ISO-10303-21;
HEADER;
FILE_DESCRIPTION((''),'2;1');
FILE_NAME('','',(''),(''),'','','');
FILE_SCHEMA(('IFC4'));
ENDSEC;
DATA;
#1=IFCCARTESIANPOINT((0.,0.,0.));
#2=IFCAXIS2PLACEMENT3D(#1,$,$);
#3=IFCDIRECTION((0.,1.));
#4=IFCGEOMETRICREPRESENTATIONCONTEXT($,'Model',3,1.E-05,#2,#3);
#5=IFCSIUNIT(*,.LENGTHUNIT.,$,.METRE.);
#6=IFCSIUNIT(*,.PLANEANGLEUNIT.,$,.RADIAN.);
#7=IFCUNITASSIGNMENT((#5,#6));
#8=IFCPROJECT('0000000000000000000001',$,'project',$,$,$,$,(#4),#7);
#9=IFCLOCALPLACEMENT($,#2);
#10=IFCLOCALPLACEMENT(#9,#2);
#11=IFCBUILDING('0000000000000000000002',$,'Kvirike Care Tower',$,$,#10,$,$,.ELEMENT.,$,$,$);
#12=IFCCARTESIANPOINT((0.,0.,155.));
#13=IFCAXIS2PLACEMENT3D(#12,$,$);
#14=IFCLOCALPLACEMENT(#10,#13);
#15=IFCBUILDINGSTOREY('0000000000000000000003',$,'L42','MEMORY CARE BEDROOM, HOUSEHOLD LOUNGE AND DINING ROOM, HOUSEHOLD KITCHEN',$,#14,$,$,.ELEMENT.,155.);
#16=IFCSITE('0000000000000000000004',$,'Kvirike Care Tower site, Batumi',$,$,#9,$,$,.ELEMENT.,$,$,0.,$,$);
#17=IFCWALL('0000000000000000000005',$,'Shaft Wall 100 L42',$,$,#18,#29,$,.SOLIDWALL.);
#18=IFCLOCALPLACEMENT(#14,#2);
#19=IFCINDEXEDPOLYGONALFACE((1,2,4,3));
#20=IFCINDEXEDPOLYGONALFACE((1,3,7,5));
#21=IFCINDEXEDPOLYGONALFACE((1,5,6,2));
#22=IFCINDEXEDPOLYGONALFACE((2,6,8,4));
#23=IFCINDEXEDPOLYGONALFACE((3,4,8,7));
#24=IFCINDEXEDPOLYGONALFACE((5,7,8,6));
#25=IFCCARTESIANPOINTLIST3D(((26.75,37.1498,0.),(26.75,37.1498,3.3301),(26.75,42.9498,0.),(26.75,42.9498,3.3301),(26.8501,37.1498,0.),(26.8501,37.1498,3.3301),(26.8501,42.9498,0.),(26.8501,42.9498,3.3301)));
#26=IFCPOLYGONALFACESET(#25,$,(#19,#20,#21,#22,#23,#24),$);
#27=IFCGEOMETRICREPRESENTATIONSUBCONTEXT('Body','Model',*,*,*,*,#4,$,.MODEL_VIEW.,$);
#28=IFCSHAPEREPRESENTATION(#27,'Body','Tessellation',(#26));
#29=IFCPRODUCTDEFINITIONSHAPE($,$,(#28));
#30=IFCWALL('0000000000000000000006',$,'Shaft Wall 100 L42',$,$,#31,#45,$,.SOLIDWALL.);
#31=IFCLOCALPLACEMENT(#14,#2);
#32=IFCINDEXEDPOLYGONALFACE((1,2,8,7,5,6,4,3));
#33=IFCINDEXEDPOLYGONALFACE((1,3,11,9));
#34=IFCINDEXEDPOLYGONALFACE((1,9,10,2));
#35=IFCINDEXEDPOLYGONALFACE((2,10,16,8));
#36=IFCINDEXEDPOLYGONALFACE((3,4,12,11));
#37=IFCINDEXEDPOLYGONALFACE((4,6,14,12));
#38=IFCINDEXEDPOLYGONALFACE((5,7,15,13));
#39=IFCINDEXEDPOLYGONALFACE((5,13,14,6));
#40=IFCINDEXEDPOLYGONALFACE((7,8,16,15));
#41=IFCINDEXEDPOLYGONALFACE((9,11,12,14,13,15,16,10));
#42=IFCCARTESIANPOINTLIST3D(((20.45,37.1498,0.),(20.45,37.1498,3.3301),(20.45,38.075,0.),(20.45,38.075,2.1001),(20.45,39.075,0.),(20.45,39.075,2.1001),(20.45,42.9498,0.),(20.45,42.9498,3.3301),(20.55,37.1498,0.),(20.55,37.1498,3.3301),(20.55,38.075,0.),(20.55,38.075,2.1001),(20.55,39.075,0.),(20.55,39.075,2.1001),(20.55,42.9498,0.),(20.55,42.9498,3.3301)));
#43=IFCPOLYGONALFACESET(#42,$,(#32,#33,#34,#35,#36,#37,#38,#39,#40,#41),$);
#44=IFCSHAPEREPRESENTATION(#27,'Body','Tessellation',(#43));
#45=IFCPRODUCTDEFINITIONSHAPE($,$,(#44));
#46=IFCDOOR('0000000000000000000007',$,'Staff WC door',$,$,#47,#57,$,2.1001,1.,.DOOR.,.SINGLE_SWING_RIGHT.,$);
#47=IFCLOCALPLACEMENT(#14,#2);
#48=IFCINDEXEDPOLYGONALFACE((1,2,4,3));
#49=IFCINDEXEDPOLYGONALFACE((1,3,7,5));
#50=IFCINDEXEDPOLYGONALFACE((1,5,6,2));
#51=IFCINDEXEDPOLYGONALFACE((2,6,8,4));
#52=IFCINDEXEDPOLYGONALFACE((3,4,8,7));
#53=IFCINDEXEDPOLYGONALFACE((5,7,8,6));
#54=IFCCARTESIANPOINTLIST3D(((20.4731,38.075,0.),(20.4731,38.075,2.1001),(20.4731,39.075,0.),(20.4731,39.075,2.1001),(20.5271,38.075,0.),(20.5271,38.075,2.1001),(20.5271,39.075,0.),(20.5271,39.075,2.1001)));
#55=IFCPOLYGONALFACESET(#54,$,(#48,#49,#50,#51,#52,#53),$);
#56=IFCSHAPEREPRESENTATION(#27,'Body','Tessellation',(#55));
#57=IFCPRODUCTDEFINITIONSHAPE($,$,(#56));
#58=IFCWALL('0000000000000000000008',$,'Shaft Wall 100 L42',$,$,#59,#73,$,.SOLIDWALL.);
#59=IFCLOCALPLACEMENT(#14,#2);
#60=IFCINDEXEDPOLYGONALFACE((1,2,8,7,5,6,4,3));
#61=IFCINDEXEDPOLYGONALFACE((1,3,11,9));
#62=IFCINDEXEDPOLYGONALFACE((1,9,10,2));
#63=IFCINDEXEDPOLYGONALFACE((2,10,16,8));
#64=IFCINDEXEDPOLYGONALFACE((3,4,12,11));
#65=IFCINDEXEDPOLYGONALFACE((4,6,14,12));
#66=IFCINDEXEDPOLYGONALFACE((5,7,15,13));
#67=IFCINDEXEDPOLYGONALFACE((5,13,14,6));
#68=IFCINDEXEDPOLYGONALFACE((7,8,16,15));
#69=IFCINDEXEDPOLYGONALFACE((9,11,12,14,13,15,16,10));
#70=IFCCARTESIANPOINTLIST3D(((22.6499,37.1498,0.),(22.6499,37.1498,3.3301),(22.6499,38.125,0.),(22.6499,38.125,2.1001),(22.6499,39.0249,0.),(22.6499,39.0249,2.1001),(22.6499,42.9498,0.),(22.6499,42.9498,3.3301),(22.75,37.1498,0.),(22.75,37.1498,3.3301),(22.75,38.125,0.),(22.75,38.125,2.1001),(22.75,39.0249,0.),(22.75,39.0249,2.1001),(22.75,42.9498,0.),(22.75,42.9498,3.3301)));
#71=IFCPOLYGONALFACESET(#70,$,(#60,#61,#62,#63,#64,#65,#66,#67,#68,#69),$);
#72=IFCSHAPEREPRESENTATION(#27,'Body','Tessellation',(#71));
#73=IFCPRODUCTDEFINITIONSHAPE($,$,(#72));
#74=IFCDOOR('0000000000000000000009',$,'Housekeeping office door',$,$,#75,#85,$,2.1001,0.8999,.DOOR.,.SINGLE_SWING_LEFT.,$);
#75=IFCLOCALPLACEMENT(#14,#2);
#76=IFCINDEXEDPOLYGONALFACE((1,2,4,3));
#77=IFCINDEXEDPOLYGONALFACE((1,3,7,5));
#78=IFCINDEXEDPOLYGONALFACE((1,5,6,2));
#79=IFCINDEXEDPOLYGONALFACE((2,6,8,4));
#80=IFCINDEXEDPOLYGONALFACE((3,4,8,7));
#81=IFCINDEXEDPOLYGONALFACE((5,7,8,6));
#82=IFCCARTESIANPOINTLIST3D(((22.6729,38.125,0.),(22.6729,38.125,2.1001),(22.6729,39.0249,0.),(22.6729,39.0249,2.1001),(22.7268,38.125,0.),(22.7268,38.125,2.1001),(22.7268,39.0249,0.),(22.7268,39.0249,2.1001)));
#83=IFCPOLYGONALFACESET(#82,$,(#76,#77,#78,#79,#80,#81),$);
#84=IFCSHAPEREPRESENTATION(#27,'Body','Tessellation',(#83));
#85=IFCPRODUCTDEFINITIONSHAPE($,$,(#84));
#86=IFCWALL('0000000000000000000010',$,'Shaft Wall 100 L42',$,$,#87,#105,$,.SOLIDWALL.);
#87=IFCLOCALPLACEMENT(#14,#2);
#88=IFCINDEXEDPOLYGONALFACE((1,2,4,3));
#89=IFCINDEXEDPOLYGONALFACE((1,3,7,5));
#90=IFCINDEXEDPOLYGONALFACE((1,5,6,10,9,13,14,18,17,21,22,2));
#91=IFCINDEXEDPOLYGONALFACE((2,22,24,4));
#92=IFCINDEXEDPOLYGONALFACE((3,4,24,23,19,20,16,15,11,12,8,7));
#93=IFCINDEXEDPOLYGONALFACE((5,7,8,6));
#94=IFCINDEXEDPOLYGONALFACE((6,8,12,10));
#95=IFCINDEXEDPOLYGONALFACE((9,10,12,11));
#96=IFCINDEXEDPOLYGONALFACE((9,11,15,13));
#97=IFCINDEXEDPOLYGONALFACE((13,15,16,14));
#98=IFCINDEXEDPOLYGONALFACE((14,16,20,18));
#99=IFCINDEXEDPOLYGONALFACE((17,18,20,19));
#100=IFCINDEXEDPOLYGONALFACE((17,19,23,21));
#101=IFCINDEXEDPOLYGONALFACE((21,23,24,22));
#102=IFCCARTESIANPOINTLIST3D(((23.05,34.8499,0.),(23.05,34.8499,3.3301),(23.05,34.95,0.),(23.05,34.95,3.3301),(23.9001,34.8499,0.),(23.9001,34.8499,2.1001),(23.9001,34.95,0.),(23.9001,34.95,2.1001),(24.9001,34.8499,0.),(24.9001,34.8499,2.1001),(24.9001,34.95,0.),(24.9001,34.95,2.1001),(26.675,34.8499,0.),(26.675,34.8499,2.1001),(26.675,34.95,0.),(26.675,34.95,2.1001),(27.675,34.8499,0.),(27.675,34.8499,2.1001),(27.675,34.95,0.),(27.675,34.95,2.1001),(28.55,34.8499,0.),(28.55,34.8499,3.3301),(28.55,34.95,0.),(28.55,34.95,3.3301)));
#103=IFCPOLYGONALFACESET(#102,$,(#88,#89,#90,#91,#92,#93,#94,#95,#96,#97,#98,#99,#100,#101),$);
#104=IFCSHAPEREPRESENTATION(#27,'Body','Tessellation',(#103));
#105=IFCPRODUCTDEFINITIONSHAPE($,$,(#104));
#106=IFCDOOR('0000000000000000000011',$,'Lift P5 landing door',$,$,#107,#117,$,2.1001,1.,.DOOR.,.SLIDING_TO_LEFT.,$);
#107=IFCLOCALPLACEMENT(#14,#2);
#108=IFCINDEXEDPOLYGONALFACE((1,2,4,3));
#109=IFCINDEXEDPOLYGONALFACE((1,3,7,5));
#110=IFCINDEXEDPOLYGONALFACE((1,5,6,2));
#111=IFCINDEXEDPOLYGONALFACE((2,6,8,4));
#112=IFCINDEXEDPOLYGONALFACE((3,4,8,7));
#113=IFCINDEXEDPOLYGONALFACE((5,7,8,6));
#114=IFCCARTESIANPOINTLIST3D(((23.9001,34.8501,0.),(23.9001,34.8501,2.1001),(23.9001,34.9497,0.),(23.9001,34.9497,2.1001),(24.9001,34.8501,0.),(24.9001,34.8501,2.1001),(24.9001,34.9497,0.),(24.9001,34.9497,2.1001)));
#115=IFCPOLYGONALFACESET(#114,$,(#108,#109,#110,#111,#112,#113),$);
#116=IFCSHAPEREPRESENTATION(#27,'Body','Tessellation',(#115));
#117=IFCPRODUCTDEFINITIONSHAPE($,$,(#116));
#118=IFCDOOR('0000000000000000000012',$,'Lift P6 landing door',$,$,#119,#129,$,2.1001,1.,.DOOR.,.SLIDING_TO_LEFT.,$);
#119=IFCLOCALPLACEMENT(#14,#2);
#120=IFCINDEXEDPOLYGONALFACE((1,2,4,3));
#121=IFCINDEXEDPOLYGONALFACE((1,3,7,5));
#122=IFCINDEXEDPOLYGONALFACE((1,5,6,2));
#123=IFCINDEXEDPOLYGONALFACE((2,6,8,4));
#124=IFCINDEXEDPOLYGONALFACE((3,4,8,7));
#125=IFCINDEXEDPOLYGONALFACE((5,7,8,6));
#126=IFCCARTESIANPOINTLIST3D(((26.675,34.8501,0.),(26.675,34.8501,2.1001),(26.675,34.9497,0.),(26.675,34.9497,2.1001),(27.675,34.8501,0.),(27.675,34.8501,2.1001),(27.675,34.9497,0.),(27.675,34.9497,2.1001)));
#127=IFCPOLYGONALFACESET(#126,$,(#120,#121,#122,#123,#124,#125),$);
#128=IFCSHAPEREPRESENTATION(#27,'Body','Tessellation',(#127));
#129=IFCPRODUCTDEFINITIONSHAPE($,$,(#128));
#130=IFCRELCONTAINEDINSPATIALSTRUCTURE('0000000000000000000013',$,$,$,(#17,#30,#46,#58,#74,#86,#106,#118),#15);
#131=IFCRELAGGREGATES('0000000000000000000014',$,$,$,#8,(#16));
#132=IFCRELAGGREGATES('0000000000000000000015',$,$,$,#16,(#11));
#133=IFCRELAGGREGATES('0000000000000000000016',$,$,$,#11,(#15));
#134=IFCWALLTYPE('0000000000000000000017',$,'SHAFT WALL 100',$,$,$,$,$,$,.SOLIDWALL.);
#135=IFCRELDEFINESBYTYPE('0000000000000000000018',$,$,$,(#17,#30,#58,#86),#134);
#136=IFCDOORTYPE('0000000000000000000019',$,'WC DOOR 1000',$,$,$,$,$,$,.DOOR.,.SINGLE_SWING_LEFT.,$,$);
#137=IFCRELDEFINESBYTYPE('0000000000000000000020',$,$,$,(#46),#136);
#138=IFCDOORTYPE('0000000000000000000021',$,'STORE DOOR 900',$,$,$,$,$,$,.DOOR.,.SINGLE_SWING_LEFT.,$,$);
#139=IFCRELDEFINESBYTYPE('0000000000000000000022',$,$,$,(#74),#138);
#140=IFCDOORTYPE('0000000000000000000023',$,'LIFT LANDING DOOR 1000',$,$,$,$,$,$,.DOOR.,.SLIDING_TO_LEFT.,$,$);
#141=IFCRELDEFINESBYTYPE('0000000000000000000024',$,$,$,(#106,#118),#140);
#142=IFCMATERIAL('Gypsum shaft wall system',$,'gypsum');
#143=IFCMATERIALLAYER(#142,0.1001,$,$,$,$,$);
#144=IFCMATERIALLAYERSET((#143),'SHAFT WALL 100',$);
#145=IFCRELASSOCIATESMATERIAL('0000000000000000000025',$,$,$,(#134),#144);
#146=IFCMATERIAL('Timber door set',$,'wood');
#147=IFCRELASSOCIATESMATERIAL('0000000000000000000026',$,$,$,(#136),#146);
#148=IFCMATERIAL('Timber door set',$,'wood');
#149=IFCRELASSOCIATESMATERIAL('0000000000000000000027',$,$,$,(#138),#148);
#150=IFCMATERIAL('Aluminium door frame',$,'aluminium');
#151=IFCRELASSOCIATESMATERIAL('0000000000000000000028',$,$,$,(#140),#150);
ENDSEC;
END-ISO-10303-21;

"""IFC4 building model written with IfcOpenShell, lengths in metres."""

from ifc_helpers import new_model, si_unit, direction, frame, frame_2d, origin, place, context, subcontext, project, spatial, rectangle, extrude, material, layer, layer_set, type_object, element, fill, save


model = new_model("IFC4")

# Units and contexts
model_context = context("Model", 3, precision=1e-05, world=origin(), true_north=direction((0.0, 1.0)))
body_context = subcontext(model_context, "Body", "Model", "MODEL_VIEW")
ifc_project = project(units=[si_unit("LENGTHUNIT", "METRE"), si_unit("PLANEANGLEUNIT", "RADIAN")], contexts=[model_context])

# Site, building, storey
site_placement = place(None, origin())
site = spatial("IfcSite", under=ifc_project, at=site_placement, Name="Kvirike Care Tower site, Batumi", CompositionType="ELEMENT", RefElevation=0.0)
building_placement = place(site_placement, origin())
building = spatial("IfcBuilding", under=site, at=building_placement, Name="Kvirike Care Tower", CompositionType="ELEMENT")
storey_placement = place(building_placement, frame((0.0, 0.0, 155.0)))
storey = spatial("IfcBuildingStorey", under=building, at=storey_placement, Name="L42", Description="MEMORY CARE BEDROOM, HOUSEHOLD LOUNGE AND DINING ROOM, HOUSEHOLD KITCHEN", CompositionType="ELEMENT", Elevation=155.0)

# Wall
ifc_material_1 = material(Name="Gypsum shaft wall system", Category="gypsum")
ifc_layer_1 = layer(ifc_material_1, 0.1001)
ifc_layer_set_1 = layer_set([ifc_layer_1], Name="SHAFT WALL 100")
wall_type_1 = type_object("IfcWallType", Name="SHAFT WALL 100", PredefinedType="SOLIDWALL", material=ifc_layer_set_1)
wall_1_placement = place(storey_placement, frame((26.8, 37.1499, 0.0), z_axis=(0.0, 0.0, 1.0), x_axis=(0.0, 1.0, 0.0)))
element("IfcWall", 1, at=wall_1_placement, inside=storey, type_object=wall_type_1, Name="Shaft Wall 100 L42", PredefinedType="SOLIDWALL", context=body_context, shape_type="SweptSolid", body=[
    extrude(rectangle(XDim=5.8, YDim=0.1001, at=frame_2d((2.8999, 0.0))), origin(), (0.0, 0.0, 1.0), 3.3301),
])

# Walls, openings, doors
wall_2_placement = place(storey_placement, frame((20.5, 37.1499, 0.0), z_axis=(0.0, 0.0, 1.0), x_axis=(0.0, 1.0, 0.0)))
wall_2 = element("IfcWall", 2, at=wall_2_placement, inside=storey, type_object=wall_type_1, Name="Shaft Wall 100 L42", PredefinedType="SOLIDWALL", context=body_context, shape_type="SweptSolid", body=[
    extrude(rectangle(XDim=5.8, YDim=0.1001, at=frame_2d((2.8999, 0.0))), origin(), (0.0, 0.0, 1.0), 3.3301),
])
opening_1_placement = place(wall_2_placement, frame((0.925, 0.0, 0.0)))
opening_1 = element("IfcOpeningElement", 3, at=opening_1_placement, cuts=wall_2, PredefinedType="OPENING", context=body_context, shape_type="SweptSolid", body=[
    extrude(rectangle(XDim=1.0, YDim=2.1001, at=frame_2d((0.5, 1.05))), frame((0.0, 0.0605, 0.0), z_axis=(0.0, -1.0, 0.0), x_axis=(1.0, 0.0, 0.0)), (0.0, 0.0, 1.0), 0.1211),
])
ifc_material_2 = material(Name="Timber door set", Category="wood")
door_type_1 = type_object("IfcDoorType", Name="WC DOOR 1000", OperationType="SINGLE_SWING_LEFT", PredefinedType="DOOR", material=ifc_material_2)
door_1_placement = place(opening_1_placement, origin())
door_1 = element("IfcDoor", 4, at=door_1_placement, inside=storey, type_object=door_type_1, Name="Staff WC door", OperationType="SINGLE_SWING_RIGHT", OverallHeight=2.1001, OverallWidth=1.0, PredefinedType="DOOR", context=body_context, shape_type="SweptSolid", body=[
    extrude(rectangle(XDim=1.0, YDim=2.1001, at=frame_2d((0.5, 1.05))), frame((0.0, 0.0269, 0.0), z_axis=(0.0, -1.0, 0.0), x_axis=(1.0, 0.0, 0.0)), (0.0, 0.0, 1.0), 0.054),
])
fill(opening_1, door_1)
wall_3_placement = place(storey_placement, frame((22.7, 37.1499, 0.0), z_axis=(0.0, 0.0, 1.0), x_axis=(0.0, 1.0, 0.0)))
wall_3 = element("IfcWall", 5, at=wall_3_placement, inside=storey, type_object=wall_type_1, Name="Shaft Wall 100 L42", PredefinedType="SOLIDWALL", context=body_context, shape_type="SweptSolid", body=[
    extrude(rectangle(XDim=5.8, YDim=0.1001, at=frame_2d((2.8999, 0.0))), origin(), (0.0, 0.0, 1.0), 3.3301),
])
opening_2_placement = place(wall_3_placement, frame((0.9751, 0.0, 0.0)))
opening_2 = element("IfcOpeningElement", 6, at=opening_2_placement, cuts=wall_3, PredefinedType="OPENING", context=body_context, shape_type="SweptSolid", body=[
    extrude(rectangle(XDim=0.8999, YDim=2.1001, at=frame_2d((0.45, 1.05))), frame((0.0, 0.0605, 0.0), z_axis=(0.0, -1.0, 0.0), x_axis=(1.0, 0.0, 0.0)), (0.0, 0.0, 1.0), 0.1211),
])
ifc_material_3 = material(Name="Timber door set", Category="wood")
door_type_2 = type_object("IfcDoorType", Name="STORE DOOR 900", OperationType="SINGLE_SWING_LEFT", PredefinedType="DOOR", material=ifc_material_3)
door_2_placement = place(opening_2_placement, frame((0.8999, 0.0, 0.0), z_axis=(0.0, 0.0, 1.0), x_axis=(-1.0, 0.0, 0.0)))
door_2 = element("IfcDoor", 7, at=door_2_placement, inside=storey, type_object=door_type_2, Name="Housekeeping office door", OperationType="SINGLE_SWING_LEFT", OverallHeight=2.1001, OverallWidth=0.8999, PredefinedType="DOOR", context=body_context, shape_type="SweptSolid", body=[
    extrude(rectangle(XDim=0.8999, YDim=2.1001, at=frame_2d((0.45, 1.05))), frame((0.0, 0.0269, 0.0), z_axis=(0.0, -1.0, 0.0), x_axis=(1.0, 0.0, 0.0)), (0.0, 0.0, 1.0), 0.054),
])
fill(opening_2, door_2)

# Wall, openings, doors
wall_4_placement = place(storey_placement, frame((23.05, 34.8999, 0.0), z_axis=(0.0, 0.0, 1.0), x_axis=(1.0, 0.0, 0.0)))
wall_4 = element("IfcWall", 8, at=wall_4_placement, inside=storey, type_object=wall_type_1, Name="Shaft Wall 100 L42", PredefinedType="SOLIDWALL", context=body_context, shape_type="SweptSolid", body=[
    extrude(rectangle(XDim=5.5, YDim=0.1001, at=frame_2d((2.75, 0.0))), origin(), (0.0, 0.0, 1.0), 3.3301),
])
opening_3_placement = place(wall_4_placement, frame((0.8501, 0.0, 0.0)))
opening_3 = element("IfcOpeningElement", 9, at=opening_3_placement, cuts=wall_4, PredefinedType="OPENING", context=body_context, shape_type="SweptSolid", body=[
    extrude(rectangle(XDim=1.0, YDim=2.1001, at=frame_2d((0.5, 1.05))), frame((0.0, 0.0605, 0.0), z_axis=(0.0, -1.0, 0.0), x_axis=(1.0, 0.0, 0.0)), (0.0, 0.0, 1.0), 0.1211),
])
opening_4_placement = place(wall_4_placement, frame((3.625, 0.0, 0.0)))
opening_4 = element("IfcOpeningElement", 10, at=opening_4_placement, cuts=wall_4, PredefinedType="OPENING", context=body_context, shape_type="SweptSolid", body=[
    extrude(rectangle(XDim=1.0, YDim=2.1001, at=frame_2d((0.5, 1.05))), frame((0.0, 0.0605, 0.0), z_axis=(0.0, -1.0, 0.0), x_axis=(1.0, 0.0, 0.0)), (0.0, 0.0, 1.0), 0.1211),
])
ifc_material_4 = material(Name="Aluminium door frame", Category="aluminium")
door_type_3 = type_object("IfcDoorType", Name="LIFT LANDING DOOR 1000", OperationType="SLIDING_TO_LEFT", PredefinedType="DOOR", material=ifc_material_4)
door_3_placement = place(opening_3_placement, origin())
door_3 = element("IfcDoor", 11, at=door_3_placement, inside=storey, type_object=door_type_3, Name="Lift P5 landing door", OperationType="SLIDING_TO_LEFT", OverallHeight=2.1001, OverallWidth=1.0, PredefinedType="DOOR", context=body_context, shape_type="SweptSolid", body=[
    extrude(rectangle(XDim=1.0, YDim=2.1001, at=frame_2d((0.5, 1.05))), frame((0.0, 0.0498, 0.0), z_axis=(0.0, -1.0, 0.0), x_axis=(1.0, 0.0, 0.0)), (0.0, 0.0, 1.0), 0.0996),
])
fill(opening_3, door_3)
door_4_placement = place(opening_4_placement, origin())
door_4 = element("IfcDoor", 12, at=door_4_placement, inside=storey, type_object=door_type_3, Name="Lift P6 landing door", OperationType="SLIDING_TO_LEFT", OverallHeight=2.1001, OverallWidth=1.0, PredefinedType="DOOR", context=body_context, shape_type="SweptSolid", body=[
    extrude(rectangle(XDim=1.0, YDim=2.1001, at=frame_2d((0.5, 1.05))), frame((0.0, 0.0498, 0.0), z_axis=(0.0, -1.0, 0.0), x_axis=(1.0, 0.0, 0.0)), (0.0, 0.0, 1.0), 0.0996),
])
fill(opening_4, door_4)

save(model, "model.ifc")
